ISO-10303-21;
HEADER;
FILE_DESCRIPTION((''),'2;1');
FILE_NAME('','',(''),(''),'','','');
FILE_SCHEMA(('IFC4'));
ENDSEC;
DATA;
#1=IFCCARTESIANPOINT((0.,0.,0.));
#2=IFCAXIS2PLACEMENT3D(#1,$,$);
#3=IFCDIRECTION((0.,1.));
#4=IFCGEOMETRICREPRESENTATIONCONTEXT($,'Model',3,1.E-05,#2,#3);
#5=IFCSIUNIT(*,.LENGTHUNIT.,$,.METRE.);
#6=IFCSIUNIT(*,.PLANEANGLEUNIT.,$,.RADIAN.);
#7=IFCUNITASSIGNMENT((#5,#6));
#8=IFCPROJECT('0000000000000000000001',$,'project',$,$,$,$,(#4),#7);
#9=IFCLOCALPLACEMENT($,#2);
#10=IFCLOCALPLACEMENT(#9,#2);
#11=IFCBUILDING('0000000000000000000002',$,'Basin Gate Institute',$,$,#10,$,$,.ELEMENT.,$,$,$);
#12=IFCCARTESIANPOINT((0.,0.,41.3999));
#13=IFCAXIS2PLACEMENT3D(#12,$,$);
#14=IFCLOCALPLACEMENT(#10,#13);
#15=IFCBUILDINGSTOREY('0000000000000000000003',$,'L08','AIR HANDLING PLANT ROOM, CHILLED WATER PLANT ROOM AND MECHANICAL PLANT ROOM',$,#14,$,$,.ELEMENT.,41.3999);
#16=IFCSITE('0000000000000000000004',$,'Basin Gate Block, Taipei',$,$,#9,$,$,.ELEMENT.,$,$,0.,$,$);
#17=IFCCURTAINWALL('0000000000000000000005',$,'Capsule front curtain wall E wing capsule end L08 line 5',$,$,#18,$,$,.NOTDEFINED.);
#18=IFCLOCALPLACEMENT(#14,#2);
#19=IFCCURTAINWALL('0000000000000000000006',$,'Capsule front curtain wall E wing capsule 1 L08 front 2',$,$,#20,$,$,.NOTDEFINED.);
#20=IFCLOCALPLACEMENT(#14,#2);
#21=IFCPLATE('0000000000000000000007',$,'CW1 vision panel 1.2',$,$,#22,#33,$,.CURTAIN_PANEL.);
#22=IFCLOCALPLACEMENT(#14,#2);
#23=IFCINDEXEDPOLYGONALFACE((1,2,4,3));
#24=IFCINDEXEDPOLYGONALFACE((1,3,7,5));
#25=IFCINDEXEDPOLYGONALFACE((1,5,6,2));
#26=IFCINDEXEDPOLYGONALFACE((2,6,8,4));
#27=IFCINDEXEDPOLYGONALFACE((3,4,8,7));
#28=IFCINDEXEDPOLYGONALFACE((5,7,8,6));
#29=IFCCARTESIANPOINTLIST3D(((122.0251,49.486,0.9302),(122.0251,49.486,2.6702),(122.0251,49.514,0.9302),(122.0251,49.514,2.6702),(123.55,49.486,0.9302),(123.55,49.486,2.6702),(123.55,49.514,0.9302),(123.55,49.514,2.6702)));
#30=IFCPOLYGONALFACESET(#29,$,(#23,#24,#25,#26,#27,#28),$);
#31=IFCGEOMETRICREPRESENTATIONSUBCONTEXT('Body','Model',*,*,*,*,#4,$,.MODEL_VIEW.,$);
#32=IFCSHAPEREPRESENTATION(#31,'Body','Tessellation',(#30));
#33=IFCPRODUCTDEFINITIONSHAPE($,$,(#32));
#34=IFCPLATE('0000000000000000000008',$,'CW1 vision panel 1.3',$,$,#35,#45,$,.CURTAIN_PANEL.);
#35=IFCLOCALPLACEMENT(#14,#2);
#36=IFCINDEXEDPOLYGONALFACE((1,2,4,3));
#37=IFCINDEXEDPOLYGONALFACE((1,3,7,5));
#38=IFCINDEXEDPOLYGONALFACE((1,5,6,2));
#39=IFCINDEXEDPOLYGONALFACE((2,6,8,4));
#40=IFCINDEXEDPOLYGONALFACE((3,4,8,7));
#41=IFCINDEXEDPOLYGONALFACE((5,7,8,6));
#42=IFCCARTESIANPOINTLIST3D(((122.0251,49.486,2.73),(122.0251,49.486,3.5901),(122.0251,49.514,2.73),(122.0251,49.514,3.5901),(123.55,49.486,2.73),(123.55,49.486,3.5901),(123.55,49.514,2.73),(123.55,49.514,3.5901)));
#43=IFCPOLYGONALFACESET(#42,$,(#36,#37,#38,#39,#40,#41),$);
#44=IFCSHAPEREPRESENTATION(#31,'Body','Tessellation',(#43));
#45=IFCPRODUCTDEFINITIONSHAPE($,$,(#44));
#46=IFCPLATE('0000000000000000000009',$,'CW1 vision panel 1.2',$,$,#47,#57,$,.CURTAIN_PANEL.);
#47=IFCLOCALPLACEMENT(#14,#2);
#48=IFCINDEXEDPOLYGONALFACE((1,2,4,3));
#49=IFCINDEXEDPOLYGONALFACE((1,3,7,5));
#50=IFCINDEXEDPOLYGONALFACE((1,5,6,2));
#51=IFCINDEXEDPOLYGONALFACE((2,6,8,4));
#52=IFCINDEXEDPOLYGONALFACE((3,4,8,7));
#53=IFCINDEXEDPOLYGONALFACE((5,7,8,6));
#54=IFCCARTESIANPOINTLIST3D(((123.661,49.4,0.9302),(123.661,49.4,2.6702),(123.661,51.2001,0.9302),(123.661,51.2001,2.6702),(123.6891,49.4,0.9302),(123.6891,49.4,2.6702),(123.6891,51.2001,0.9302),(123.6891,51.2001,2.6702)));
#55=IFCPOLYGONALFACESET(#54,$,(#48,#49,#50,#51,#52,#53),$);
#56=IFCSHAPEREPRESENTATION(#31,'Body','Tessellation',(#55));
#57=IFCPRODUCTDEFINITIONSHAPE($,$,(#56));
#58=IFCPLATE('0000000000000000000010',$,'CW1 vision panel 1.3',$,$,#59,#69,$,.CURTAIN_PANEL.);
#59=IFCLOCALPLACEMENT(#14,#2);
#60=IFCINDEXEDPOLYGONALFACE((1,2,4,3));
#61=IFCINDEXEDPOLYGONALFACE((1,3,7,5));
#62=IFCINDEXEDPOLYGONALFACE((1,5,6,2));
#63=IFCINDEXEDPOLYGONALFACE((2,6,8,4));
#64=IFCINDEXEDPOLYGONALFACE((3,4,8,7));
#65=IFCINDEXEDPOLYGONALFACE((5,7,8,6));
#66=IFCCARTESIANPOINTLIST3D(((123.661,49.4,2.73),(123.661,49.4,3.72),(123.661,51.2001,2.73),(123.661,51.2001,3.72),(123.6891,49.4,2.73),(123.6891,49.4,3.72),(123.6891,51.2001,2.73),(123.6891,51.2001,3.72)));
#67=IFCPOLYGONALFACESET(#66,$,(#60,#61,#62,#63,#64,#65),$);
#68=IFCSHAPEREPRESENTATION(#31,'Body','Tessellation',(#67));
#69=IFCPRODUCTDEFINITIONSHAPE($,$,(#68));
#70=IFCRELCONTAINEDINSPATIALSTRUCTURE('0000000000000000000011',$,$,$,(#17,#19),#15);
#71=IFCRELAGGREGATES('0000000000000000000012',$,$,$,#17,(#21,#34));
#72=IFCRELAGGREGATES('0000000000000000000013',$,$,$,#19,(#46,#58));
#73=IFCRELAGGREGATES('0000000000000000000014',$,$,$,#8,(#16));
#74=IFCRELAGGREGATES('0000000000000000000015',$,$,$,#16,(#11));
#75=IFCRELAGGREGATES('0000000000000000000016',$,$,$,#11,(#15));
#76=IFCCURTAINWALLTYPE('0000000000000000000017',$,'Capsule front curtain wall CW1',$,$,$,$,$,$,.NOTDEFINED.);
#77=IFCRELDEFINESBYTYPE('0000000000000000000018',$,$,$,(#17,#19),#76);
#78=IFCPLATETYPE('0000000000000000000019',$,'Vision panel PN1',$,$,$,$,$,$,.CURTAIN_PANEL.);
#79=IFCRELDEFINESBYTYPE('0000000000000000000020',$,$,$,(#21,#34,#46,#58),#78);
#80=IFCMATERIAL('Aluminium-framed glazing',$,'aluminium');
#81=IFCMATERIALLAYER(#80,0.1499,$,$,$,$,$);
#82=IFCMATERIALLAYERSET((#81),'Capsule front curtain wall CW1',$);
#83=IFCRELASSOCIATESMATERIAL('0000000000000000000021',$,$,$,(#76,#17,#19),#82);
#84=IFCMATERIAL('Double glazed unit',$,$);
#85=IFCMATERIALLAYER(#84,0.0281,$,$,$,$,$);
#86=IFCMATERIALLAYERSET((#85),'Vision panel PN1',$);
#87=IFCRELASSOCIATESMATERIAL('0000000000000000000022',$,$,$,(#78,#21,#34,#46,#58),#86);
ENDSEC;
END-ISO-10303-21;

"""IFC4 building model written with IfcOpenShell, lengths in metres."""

from ifc_helpers import new_model, si_unit, direction, frame, origin, origin_2d, place, context, subcontext, project, spatial, rectangle, extrude, material, layer, layer_set, type_object, element, aggregate, save


model = new_model("IFC4")

# Units and contexts
model_context = context("Model", 3, precision=1e-05, world=origin(), true_north=direction((0.0, 1.0)))
body_context = subcontext(model_context, "Body", "Model", "MODEL_VIEW")
ifc_project = project(units=[si_unit("LENGTHUNIT", "METRE"), si_unit("PLANEANGLEUNIT", "RADIAN")], contexts=[model_context])

# Site, building, storey
site_placement = place(None, origin())
site = spatial("IfcSite", under=ifc_project, at=site_placement, Name="Basin Gate Block, Taipei", CompositionType="ELEMENT", RefElevation=0.0)
building_placement = place(site_placement, origin())
building = spatial("IfcBuilding", under=site, at=building_placement, Name="Basin Gate Institute", CompositionType="ELEMENT")
storey_placement = place(building_placement, frame((0.0, 0.0, 41.3999)))
storey = spatial("IfcBuildingStorey", under=building, at=storey_placement, Name="L08", Description="AIR HANDLING PLANT ROOM, CHILLED WATER PLANT ROOM AND MECHANICAL PLANT ROOM", CompositionType="ELEMENT", Elevation=41.3999)

# Curtain walls
ifc_material_1 = material(Name="Aluminium-framed glazing", Category="aluminium")
ifc_layer_1 = layer(ifc_material_1, 0.1499)
ifc_layer_set_1 = layer_set([ifc_layer_1], Name="Capsule front curtain wall CW1")
curtain_wall_type = type_object("IfcCurtainWallType", Name="Capsule front curtain wall CW1", PredefinedType="NOTDEFINED", material=ifc_layer_set_1)
curtain_wall_1_placement = place(storey_placement, origin())
curtain_wall_1 = element("IfcCurtainWall", 1, at=curtain_wall_1_placement, inside=storey, type_object=curtain_wall_type, material=ifc_layer_set_1, Name="Capsule front curtain wall E wing capsule end L08 line 5", PredefinedType="NOTDEFINED")
curtain_wall_2_placement = place(storey_placement, origin())
curtain_wall_2 = element("IfcCurtainWall", 2, at=curtain_wall_2_placement, inside=storey, type_object=curtain_wall_type, material=ifc_layer_set_1, Name="Capsule front curtain wall E wing capsule 1 L08 front 2", PredefinedType="NOTDEFINED")

# Plates
ifc_material_2 = material(Name="Double glazed unit")
ifc_layer_2 = layer(ifc_material_2, 0.0281)
ifc_layer_set_2 = layer_set([ifc_layer_2], Name="Vision panel PN1")
plate_type_1 = type_object("IfcPlateType", Name="Vision panel PN1", PredefinedType="CURTAIN_PANEL", material=ifc_layer_set_2)
plate_1_placement = place(storey_placement, frame((122.7876, 49.5, 0.9302), z_axis=(0.0, 0.0, 1.0), x_axis=(-1.0, 0.0, 0.0)))
plate_1 = element("IfcPlate", 3, at=plate_1_placement, type_object=plate_type_1, material=ifc_layer_set_2, Name="CW1 vision panel 1.2", PredefinedType="CURTAIN_PANEL", context=body_context, shape_type="SweptSolid", body=[
    extrude(rectangle(XDim=1.5249, YDim=0.0281, at=origin_2d()), origin(), (0.0, 0.0, 1.0), 1.74),
])
plate_2_placement = place(storey_placement, frame((122.7876, 49.5, 2.73), z_axis=(0.0, 0.0, 1.0), x_axis=(-1.0, 0.0, 0.0)))
plate_2 = element("IfcPlate", 4, at=plate_2_placement, type_object=plate_type_1, material=ifc_layer_set_2, Name="CW1 vision panel 1.3", PredefinedType="CURTAIN_PANEL", context=body_context, shape_type="SweptSolid", body=[
    extrude(rectangle(XDim=1.5249, YDim=0.0281, at=origin_2d()), origin(), (0.0, 0.0, 1.0), 0.8601),
])
aggregate(curtain_wall_1, [plate_1, plate_2])
plate_3_placement = place(storey_placement, frame((123.675, 50.3, 0.9302), z_axis=(0.0, 0.0, 1.0), x_axis=(0.0, 1.0, 0.0)))
plate_3 = element("IfcPlate", 5, at=plate_3_placement, type_object=plate_type_1, material=ifc_layer_set_2, Name="CW1 vision panel 1.2", PredefinedType="CURTAIN_PANEL", context=body_context, shape_type="SweptSolid", body=[
    extrude(rectangle(XDim=1.8, YDim=0.0281, at=origin_2d()), origin(), (0.0, 0.0, 1.0), 1.74),
])
plate_4_placement = place(storey_placement, frame((123.675, 50.3, 2.73), z_axis=(0.0, 0.0, 1.0), x_axis=(0.0, 1.0, 0.0)))
plate_4 = element("IfcPlate", 6, at=plate_4_placement, type_object=plate_type_1, material=ifc_layer_set_2, Name="CW1 vision panel 1.3", PredefinedType="CURTAIN_PANEL", context=body_context, shape_type="SweptSolid", body=[
    extrude(rectangle(XDim=1.8, YDim=0.0281, at=origin_2d()), origin(), (0.0, 0.0, 1.0), 0.99),
])
aggregate(curtain_wall_2, [plate_3, plate_4])

save(model, "model.ifc")
